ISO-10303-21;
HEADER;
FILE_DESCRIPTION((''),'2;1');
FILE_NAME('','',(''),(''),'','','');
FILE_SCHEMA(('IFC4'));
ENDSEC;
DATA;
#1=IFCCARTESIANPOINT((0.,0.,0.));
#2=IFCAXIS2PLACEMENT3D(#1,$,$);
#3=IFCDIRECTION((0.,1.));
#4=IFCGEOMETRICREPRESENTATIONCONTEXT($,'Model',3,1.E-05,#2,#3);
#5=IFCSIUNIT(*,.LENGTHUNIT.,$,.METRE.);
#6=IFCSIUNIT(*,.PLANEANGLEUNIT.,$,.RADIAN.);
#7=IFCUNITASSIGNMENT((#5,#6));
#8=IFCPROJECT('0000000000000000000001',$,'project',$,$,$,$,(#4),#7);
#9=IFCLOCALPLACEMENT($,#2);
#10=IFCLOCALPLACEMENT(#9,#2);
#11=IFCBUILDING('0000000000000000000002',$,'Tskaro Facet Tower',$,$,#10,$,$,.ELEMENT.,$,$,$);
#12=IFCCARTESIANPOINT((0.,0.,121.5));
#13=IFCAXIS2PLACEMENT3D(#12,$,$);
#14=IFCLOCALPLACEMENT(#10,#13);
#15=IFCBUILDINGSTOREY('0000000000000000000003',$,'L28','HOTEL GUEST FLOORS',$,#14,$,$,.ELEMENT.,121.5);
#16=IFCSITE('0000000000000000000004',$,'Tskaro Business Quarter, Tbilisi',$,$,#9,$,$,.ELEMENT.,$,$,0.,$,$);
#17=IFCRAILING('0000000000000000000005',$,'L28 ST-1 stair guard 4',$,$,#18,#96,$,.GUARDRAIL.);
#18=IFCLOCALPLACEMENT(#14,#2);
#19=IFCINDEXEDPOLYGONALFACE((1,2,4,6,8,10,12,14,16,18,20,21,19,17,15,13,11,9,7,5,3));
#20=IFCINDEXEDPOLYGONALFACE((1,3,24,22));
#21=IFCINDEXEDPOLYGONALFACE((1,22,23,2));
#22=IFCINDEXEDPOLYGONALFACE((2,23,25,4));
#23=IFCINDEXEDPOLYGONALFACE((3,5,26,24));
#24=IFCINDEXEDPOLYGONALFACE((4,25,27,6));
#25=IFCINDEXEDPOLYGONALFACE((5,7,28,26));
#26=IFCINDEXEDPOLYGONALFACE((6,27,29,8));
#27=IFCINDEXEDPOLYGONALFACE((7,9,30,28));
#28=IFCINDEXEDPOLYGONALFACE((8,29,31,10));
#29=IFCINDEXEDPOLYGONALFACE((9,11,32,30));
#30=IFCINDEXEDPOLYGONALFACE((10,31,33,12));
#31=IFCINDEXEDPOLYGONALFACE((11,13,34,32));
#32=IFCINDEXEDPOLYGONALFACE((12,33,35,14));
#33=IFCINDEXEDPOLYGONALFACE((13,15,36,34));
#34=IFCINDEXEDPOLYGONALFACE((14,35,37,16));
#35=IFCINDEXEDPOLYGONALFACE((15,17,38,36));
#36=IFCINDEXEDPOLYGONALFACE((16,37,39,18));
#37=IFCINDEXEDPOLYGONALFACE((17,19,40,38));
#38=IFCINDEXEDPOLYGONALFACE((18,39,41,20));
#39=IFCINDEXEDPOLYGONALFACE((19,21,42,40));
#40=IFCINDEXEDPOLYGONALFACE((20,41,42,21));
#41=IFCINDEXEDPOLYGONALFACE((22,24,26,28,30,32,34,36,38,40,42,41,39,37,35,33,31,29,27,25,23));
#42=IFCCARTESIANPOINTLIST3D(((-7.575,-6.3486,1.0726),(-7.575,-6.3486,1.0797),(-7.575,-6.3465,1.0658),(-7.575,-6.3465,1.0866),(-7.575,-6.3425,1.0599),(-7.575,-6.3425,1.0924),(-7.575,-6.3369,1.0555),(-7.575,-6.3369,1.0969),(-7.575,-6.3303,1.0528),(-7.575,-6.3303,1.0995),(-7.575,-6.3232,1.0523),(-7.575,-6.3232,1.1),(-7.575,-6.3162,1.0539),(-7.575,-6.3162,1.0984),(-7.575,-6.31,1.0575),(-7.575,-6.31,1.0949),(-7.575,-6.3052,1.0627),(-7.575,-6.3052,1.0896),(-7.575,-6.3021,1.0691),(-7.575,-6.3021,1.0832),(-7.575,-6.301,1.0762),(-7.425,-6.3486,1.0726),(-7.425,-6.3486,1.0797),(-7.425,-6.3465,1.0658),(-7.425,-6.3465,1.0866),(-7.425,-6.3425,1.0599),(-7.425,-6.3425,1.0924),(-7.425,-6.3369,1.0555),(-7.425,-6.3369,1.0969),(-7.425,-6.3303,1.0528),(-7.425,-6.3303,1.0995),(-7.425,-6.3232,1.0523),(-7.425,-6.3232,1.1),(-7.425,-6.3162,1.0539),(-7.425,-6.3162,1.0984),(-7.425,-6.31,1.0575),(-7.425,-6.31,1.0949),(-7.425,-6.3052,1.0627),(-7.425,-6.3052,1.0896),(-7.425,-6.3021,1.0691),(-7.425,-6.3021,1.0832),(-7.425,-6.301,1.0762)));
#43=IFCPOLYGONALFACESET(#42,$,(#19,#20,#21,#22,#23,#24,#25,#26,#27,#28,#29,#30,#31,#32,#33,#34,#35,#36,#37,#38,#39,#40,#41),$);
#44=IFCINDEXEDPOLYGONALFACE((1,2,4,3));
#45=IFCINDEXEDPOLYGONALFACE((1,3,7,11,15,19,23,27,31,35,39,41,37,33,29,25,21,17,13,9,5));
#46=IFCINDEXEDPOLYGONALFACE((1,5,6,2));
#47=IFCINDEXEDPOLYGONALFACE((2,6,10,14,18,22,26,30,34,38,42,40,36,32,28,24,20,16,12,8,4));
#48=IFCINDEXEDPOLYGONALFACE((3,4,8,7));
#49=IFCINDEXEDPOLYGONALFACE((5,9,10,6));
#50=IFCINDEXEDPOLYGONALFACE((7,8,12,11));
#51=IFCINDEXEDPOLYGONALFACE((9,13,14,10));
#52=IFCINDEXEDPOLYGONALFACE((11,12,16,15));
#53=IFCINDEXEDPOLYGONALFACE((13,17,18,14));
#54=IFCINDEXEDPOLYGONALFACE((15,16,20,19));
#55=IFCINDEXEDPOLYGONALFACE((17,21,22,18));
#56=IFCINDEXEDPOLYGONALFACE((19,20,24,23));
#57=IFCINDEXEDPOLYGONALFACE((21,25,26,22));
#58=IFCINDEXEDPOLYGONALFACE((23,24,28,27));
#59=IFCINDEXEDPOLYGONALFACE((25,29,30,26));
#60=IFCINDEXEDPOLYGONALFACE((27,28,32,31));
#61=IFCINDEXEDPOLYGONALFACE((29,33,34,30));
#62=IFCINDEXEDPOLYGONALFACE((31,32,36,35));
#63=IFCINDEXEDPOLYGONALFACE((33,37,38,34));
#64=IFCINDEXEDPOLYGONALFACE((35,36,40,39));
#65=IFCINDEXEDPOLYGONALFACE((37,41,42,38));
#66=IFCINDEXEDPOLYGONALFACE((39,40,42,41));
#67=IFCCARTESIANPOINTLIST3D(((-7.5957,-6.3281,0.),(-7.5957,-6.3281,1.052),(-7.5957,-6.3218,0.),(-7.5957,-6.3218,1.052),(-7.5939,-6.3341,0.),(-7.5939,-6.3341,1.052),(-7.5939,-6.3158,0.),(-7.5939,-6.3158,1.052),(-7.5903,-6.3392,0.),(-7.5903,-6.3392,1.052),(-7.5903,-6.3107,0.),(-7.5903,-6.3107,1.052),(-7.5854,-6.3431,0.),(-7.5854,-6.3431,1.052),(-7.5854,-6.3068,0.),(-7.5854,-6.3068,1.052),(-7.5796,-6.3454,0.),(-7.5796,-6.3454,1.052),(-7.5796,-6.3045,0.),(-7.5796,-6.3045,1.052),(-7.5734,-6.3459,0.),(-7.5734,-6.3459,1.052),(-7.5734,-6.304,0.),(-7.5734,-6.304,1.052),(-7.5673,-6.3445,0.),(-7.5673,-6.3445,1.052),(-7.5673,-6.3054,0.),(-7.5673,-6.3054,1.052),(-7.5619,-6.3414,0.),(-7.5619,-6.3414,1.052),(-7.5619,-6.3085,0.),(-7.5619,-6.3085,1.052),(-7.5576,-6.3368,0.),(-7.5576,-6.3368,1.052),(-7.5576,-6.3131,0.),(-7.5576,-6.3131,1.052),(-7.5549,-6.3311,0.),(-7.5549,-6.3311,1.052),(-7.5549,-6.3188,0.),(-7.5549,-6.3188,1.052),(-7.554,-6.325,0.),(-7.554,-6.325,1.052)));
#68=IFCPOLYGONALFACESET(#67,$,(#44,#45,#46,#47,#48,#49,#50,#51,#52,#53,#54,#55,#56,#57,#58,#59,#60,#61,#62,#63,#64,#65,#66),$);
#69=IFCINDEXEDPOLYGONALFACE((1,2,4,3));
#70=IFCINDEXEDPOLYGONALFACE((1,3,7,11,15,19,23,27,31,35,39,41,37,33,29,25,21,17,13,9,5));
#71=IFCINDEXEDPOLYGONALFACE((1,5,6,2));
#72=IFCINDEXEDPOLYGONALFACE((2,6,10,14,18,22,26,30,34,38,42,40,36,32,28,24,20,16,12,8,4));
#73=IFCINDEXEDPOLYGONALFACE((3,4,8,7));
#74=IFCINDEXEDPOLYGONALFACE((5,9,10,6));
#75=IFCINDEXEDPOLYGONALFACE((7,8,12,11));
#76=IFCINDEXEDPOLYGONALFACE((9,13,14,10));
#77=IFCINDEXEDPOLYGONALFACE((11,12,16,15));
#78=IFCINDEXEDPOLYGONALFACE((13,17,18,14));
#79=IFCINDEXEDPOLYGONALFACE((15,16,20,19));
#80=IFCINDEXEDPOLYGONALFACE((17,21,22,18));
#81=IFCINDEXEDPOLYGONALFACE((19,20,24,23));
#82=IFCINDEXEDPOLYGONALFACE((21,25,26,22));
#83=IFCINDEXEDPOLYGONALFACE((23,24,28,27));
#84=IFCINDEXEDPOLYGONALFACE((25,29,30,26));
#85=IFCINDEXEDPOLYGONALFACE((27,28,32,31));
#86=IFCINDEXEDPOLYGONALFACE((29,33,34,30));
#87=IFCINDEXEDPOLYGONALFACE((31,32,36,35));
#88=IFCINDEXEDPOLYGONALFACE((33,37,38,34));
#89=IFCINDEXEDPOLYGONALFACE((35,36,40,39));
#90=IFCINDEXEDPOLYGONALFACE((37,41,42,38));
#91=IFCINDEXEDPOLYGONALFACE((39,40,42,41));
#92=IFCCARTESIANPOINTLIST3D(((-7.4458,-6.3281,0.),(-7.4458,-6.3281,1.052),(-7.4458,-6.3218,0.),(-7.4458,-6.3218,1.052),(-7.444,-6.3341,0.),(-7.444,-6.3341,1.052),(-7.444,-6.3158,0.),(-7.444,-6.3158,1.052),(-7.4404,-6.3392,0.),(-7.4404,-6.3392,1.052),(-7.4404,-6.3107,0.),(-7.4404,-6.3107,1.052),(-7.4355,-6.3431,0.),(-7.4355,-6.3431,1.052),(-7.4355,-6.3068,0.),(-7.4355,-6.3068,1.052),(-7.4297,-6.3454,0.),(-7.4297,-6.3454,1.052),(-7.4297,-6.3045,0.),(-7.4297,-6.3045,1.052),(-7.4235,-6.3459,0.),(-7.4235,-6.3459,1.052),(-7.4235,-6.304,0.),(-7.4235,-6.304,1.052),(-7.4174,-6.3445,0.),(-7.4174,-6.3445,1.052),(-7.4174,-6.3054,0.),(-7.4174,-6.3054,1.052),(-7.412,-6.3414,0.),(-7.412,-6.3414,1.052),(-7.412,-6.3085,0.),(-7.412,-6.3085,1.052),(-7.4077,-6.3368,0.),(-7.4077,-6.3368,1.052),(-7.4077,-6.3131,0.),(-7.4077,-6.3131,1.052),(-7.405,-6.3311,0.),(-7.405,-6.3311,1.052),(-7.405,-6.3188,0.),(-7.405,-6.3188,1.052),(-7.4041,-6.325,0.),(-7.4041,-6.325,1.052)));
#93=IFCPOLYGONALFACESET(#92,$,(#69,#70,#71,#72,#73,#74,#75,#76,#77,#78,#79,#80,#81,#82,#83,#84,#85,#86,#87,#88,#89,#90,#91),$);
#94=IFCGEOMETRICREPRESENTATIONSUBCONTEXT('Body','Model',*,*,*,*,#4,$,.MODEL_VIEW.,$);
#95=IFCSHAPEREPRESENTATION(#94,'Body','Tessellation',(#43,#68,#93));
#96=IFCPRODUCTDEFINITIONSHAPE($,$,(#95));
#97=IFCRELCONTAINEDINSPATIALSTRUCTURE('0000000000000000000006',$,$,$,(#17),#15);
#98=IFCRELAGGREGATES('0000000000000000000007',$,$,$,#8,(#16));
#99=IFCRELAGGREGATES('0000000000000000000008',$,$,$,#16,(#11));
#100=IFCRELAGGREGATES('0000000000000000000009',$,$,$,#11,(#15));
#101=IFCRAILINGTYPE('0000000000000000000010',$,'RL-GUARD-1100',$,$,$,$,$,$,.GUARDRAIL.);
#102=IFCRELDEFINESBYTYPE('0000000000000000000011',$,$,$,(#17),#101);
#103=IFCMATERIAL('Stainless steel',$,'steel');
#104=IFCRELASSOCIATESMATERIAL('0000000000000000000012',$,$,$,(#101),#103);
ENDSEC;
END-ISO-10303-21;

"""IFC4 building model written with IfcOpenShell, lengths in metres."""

from ifc_helpers import new_model, si_unit, direction, frame, origin, origin_2d, place, context, subcontext, project, spatial, circle, extrude, material, type_object, element, save


model = new_model("IFC4")

# Units and contexts
model_context = context("Model", 3, precision=1e-05, world=origin(), true_north=direction((0.0, 1.0)))
body_context = subcontext(model_context, "Body", "Model", "MODEL_VIEW")
ifc_project = project(units=[si_unit("LENGTHUNIT", "METRE"), si_unit("PLANEANGLEUNIT", "RADIAN")], contexts=[model_context])

# Site, building, storey
site_placement = place(None, origin())
site = spatial("IfcSite", under=ifc_project, at=site_placement, Name="Tskaro Business Quarter, Tbilisi", CompositionType="ELEMENT", RefElevation=0.0)
building_placement = place(site_placement, origin())
building = spatial("IfcBuilding", under=site, at=building_placement, Name="Tskaro Facet Tower", CompositionType="ELEMENT")
storey_placement = place(building_placement, frame((0.0, 0.0, 121.5)))
storey = spatial("IfcBuildingStorey", under=building, at=storey_placement, Name="L28", Description="HOTEL GUEST FLOORS", CompositionType="ELEMENT", Elevation=121.5)

# Shared definitions
ifc_material_1 = material(Name="Stainless steel", Category="steel")

# Railing
railing_type_1 = type_object("IfcRailingType", Name="RL-GUARD-1100", PredefinedType="GUARDRAIL", material=ifc_material_1)
railing_1_placement = place(storey_placement, frame((-7.575, -6.325, 0.0)))
element("IfcRailing", 1, at=railing_1_placement, inside=storey, type_object=railing_type_1, Name="L28 ST-1 stair guard 4", PredefinedType="GUARDRAIL", context=body_context, shape_type="SweptSolid", body=[
    extrude(circle(Radius=0.0239, at=origin_2d()), frame((0.0, 0.0, 1.0762), z_axis=(1.0, 0.0, 0.0), x_axis=(0.0, 1.0, 0.0)), (0.0, 0.0, 1.0), 0.1499),
    extrude(circle(Radius=0.021, at=origin_2d()), origin(), (0.0, 0.0, 1.0), 1.052),
    extrude(circle(Radius=0.021, at=origin_2d()), frame((0.1499, 0.0, 0.0)), (0.0, 0.0, 1.0), 1.052),
])

save(model, "model.ifc")
